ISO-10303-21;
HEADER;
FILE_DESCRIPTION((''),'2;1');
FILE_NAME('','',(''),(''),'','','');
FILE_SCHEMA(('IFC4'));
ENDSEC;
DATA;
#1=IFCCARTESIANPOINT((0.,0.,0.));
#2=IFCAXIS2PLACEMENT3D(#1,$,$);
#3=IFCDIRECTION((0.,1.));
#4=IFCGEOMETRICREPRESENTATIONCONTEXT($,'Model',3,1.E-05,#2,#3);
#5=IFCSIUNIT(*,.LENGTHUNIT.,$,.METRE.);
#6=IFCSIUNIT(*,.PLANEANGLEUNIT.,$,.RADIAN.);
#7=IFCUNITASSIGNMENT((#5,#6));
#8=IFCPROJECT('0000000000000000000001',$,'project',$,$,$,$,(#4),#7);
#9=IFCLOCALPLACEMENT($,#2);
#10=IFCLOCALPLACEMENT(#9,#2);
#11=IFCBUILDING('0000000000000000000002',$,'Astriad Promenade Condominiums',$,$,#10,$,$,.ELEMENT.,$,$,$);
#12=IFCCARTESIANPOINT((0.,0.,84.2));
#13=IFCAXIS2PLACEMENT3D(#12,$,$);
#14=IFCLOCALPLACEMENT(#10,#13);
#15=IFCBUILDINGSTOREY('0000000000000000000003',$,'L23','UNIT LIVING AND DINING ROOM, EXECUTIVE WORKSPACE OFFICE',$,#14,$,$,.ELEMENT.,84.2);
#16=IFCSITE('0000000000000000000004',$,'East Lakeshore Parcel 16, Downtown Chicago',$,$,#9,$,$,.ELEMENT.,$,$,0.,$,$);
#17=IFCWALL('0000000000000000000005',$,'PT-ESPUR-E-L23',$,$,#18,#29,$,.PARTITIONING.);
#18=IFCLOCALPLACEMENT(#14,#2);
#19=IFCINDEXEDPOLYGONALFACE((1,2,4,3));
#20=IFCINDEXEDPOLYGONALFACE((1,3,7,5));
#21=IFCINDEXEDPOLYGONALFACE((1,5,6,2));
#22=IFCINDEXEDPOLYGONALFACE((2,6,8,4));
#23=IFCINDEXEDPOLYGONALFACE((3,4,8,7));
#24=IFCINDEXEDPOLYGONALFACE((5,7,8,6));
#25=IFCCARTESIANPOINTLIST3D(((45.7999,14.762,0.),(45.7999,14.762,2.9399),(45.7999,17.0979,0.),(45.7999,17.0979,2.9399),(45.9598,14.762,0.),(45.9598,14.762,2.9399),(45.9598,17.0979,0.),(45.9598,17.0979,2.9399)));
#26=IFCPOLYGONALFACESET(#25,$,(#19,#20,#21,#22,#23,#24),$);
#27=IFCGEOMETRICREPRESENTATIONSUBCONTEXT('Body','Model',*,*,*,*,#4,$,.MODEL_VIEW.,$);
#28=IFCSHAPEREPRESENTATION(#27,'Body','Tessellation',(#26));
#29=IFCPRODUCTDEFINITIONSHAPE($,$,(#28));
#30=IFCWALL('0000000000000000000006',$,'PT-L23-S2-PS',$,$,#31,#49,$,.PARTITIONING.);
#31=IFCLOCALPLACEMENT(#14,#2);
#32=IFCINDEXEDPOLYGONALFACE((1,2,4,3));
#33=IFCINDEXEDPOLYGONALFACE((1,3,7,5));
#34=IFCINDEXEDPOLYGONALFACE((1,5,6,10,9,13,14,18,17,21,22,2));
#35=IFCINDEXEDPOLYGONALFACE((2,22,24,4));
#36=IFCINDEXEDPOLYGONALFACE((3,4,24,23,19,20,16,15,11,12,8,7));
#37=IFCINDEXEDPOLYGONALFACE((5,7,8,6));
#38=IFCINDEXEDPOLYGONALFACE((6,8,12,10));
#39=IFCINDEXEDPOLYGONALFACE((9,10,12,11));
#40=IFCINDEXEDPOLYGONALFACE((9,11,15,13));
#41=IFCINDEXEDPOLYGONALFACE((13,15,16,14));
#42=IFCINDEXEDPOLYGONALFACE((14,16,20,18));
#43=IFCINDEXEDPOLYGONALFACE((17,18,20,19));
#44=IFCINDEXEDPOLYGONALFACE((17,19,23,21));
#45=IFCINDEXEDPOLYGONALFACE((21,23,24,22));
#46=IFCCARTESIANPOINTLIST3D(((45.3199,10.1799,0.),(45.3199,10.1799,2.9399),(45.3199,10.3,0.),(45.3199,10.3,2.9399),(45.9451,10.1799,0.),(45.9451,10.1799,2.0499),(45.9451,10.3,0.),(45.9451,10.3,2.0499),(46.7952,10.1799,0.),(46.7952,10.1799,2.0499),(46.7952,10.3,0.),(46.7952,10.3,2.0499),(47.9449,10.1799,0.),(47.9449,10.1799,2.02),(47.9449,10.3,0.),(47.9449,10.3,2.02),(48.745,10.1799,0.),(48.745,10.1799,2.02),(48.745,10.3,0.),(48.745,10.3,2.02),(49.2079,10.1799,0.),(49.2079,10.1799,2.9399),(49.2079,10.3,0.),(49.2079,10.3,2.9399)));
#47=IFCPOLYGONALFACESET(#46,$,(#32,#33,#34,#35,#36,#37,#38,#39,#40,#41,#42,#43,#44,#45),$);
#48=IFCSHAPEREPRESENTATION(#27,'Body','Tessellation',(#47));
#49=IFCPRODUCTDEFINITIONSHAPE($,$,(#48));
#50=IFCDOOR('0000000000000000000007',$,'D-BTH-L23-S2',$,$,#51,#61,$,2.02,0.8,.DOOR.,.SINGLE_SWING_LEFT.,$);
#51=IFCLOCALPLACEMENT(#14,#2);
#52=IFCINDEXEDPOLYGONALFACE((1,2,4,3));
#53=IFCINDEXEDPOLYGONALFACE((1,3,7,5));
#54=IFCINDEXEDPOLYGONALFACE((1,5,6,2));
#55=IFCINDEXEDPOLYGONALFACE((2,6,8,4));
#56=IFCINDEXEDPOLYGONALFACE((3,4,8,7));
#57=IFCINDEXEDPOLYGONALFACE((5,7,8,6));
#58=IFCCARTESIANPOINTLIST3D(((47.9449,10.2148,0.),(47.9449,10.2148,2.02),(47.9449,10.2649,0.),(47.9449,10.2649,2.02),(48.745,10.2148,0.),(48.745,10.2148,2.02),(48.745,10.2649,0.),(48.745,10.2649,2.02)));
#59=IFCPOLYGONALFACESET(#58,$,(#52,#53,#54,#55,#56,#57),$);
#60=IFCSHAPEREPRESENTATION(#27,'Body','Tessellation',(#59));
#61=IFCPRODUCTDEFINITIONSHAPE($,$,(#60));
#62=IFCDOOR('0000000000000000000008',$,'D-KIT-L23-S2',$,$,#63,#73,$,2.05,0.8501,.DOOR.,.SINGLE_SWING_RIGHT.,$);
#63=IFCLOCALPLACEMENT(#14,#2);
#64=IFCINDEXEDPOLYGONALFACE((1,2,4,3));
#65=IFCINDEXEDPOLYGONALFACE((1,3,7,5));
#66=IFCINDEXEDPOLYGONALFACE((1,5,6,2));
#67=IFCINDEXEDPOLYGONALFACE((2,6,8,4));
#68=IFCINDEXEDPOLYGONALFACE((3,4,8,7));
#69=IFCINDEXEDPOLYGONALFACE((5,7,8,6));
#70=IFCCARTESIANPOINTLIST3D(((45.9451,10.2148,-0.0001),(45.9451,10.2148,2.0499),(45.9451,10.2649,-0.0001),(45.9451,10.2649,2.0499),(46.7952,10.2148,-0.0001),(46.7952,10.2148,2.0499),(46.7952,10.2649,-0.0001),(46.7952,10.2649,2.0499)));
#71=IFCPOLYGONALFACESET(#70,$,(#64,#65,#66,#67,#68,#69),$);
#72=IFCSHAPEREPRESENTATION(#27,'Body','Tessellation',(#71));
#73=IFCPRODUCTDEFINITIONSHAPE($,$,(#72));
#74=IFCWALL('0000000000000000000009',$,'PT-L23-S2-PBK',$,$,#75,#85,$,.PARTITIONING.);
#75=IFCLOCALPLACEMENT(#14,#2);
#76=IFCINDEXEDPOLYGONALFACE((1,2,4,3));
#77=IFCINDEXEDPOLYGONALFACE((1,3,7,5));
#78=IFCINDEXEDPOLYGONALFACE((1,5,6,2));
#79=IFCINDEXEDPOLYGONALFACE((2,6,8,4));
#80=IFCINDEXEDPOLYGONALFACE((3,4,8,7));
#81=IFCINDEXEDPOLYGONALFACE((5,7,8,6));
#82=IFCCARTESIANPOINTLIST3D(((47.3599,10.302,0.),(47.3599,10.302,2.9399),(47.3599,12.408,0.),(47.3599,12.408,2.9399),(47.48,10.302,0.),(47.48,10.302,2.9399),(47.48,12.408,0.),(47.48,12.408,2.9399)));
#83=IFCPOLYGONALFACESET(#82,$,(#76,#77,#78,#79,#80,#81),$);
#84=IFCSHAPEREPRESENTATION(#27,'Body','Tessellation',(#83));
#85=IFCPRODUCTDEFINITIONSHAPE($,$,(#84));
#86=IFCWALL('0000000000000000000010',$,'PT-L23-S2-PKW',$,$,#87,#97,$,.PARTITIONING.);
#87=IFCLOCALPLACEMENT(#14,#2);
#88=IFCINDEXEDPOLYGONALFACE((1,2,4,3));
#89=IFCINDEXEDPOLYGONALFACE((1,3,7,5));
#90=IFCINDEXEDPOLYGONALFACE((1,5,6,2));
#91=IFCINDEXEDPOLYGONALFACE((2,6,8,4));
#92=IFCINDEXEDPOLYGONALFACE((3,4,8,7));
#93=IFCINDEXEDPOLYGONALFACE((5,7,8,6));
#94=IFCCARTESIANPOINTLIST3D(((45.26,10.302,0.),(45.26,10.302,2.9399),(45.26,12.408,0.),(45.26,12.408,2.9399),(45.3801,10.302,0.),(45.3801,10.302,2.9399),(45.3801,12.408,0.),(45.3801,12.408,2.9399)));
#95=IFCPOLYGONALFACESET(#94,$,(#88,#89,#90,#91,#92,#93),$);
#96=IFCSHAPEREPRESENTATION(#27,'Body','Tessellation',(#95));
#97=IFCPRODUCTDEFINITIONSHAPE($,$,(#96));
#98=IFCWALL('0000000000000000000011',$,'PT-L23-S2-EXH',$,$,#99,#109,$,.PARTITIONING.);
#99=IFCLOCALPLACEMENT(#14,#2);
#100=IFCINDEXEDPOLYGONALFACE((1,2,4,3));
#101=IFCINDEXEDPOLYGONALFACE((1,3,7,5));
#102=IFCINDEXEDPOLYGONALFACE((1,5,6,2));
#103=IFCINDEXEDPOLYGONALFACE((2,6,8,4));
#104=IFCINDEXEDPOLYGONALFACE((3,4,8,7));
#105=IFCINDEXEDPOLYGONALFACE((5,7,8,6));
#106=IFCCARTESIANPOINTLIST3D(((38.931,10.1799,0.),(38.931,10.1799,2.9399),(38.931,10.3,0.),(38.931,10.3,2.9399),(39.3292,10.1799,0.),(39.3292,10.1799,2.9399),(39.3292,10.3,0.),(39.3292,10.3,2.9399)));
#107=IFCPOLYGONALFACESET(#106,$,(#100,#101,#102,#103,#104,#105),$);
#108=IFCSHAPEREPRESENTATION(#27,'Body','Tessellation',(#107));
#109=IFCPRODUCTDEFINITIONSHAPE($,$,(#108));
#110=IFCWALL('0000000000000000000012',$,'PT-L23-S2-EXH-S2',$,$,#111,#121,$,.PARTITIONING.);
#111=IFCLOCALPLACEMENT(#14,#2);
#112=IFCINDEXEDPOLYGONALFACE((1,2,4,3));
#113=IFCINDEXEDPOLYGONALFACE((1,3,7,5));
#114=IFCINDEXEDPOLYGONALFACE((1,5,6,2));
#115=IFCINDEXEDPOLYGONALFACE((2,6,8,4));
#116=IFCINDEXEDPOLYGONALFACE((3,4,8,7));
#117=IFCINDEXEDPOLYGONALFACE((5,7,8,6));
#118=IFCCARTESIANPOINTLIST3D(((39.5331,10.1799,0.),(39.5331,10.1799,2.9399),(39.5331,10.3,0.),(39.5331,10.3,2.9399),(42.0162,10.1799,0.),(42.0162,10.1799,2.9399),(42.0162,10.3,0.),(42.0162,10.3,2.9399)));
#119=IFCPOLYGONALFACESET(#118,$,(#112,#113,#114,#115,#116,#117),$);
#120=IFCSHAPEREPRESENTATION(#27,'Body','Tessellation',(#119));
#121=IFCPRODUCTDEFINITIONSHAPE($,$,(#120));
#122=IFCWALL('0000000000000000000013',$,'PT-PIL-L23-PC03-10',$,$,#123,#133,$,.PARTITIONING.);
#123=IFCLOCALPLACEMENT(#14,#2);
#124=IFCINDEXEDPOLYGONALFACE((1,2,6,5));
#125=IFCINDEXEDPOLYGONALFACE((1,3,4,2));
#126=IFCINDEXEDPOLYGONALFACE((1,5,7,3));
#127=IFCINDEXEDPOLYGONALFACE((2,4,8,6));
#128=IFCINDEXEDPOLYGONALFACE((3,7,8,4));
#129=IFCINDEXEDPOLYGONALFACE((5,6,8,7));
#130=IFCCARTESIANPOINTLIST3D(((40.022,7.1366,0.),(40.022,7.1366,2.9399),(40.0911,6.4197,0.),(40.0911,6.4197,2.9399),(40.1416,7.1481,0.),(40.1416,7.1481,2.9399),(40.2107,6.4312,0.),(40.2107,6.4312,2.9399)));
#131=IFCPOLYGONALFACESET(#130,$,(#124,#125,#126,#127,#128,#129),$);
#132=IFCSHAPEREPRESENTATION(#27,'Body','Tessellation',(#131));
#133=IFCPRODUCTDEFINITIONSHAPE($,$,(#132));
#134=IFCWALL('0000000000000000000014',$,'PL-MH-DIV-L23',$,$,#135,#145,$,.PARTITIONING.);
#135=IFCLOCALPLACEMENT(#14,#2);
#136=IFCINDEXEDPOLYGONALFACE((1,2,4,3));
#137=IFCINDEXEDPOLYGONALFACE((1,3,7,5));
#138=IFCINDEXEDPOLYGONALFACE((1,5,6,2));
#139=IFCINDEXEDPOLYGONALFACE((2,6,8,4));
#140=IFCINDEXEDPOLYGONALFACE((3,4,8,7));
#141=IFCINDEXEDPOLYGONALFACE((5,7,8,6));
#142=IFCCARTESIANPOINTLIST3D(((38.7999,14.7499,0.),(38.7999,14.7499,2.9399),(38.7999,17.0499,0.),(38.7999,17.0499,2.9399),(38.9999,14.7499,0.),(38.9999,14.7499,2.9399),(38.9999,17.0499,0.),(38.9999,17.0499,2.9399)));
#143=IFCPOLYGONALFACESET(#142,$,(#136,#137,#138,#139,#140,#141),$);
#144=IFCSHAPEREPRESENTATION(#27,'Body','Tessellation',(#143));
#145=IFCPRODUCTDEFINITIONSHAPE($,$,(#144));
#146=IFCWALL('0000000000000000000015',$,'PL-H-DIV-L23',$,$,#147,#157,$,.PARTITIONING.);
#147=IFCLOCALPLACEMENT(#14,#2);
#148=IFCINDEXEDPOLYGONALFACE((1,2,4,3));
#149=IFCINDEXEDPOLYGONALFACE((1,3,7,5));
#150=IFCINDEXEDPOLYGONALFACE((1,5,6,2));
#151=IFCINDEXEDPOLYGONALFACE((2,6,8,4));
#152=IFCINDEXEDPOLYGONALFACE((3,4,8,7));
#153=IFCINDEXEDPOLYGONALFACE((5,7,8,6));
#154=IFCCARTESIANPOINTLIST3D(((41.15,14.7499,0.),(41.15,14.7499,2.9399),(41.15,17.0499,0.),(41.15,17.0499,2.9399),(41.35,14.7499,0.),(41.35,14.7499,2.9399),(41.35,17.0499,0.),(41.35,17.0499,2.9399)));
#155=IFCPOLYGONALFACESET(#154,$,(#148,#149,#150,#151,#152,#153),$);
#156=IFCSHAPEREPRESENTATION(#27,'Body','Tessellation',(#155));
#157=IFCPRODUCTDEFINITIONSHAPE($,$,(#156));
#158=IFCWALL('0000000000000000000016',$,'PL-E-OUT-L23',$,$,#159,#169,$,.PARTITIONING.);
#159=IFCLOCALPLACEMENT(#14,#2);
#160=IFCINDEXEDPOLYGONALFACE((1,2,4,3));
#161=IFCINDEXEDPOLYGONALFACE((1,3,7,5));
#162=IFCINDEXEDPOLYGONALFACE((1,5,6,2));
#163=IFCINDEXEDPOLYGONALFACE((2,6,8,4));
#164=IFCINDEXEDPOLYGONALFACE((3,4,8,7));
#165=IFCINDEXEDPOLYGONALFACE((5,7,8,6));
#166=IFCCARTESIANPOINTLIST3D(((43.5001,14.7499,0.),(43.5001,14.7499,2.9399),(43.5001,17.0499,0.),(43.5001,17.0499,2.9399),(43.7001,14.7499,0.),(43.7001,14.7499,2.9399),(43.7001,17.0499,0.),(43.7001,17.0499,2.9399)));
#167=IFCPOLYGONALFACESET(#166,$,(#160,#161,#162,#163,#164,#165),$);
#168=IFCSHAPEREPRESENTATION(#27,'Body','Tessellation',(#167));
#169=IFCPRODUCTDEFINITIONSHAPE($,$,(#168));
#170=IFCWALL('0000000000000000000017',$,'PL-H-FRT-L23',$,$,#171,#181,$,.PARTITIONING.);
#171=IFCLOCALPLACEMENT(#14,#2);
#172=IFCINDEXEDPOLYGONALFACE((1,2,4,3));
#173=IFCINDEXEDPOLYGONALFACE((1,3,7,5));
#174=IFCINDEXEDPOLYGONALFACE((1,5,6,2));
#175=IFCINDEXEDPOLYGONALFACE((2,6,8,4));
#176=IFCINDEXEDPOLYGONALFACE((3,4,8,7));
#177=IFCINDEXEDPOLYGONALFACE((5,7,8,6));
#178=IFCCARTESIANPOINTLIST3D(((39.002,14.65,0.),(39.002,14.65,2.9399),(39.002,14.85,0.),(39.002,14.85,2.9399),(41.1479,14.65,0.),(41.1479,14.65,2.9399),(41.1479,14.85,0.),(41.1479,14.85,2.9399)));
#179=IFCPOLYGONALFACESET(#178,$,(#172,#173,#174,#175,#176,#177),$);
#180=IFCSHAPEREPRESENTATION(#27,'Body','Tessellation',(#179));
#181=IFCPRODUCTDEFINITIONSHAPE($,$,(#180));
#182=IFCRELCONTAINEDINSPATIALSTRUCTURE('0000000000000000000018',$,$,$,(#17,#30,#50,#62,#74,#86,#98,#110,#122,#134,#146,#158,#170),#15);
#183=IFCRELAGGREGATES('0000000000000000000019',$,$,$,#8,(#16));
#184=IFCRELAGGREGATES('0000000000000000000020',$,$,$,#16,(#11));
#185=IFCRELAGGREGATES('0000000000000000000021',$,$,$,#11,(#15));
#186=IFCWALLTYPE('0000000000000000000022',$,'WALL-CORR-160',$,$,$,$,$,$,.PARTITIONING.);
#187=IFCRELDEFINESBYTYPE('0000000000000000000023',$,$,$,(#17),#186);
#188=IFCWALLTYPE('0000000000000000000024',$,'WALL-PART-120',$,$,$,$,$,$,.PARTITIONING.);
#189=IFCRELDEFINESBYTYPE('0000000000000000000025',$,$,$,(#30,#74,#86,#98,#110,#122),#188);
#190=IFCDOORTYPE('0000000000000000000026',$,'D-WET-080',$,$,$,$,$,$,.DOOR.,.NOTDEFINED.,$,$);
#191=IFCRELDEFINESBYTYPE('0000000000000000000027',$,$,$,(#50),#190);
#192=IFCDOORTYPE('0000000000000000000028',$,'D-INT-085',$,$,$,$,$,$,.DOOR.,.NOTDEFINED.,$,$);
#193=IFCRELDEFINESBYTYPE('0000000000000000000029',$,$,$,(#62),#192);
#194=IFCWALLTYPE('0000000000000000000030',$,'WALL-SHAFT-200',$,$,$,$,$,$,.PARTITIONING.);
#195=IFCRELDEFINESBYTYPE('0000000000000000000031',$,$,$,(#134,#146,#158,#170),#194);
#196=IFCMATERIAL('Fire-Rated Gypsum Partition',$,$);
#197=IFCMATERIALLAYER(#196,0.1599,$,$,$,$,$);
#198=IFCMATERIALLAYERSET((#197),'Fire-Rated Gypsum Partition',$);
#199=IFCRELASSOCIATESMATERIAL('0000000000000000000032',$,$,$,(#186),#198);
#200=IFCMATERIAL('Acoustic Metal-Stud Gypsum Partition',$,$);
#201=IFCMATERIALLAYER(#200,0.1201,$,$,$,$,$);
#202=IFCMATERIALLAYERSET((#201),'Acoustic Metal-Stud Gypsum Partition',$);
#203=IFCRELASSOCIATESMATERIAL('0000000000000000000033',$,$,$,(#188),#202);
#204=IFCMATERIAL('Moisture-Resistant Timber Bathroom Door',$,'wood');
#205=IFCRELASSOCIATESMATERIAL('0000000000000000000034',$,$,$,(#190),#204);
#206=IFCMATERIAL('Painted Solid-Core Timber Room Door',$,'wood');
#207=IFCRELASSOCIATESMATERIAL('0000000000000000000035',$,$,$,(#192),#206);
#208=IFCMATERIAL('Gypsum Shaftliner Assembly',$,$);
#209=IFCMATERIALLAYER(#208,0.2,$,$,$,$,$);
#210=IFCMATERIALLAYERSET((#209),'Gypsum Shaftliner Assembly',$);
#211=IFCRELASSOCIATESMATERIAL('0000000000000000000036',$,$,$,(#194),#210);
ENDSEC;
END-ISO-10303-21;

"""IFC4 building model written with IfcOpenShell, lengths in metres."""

from ifc_helpers import new_model, si_unit, direction, frame, frame_2d, origin, place, context, subcontext, project, spatial, rectangle, extrude, source, transform, mapped, material, layer, layer_set, type_object, type_shapes, element, fill, save


model = new_model("IFC4")

# Units and contexts
model_context = context("Model", 3, precision=1e-05, world=origin(), true_north=direction((0.0, 1.0)))
body_context = subcontext(model_context, "Body", "Model", "MODEL_VIEW")
ifc_project = project(units=[si_unit("LENGTHUNIT", "METRE"), si_unit("PLANEANGLEUNIT", "RADIAN")], contexts=[model_context])

# Site, building, storey
site_placement = place(None, origin())
site = spatial("IfcSite", under=ifc_project, at=site_placement, Name="East Lakeshore Parcel 16, Downtown Chicago", CompositionType="ELEMENT", RefElevation=0.0)
building_placement = place(site_placement, origin())
building = spatial("IfcBuilding", under=site, at=building_placement, Name="Astriad Promenade Condominiums", CompositionType="ELEMENT")
storey_placement = place(building_placement, frame((0.0, 0.0, 84.2)))
storey = spatial("IfcBuildingStorey", under=building, at=storey_placement, Name="L23", Description="UNIT LIVING AND DINING ROOM, EXECUTIVE WORKSPACE OFFICE", CompositionType="ELEMENT", Elevation=84.2)

# Shared definitions
ifc_material_1 = material(Name="Fire-Rated Gypsum Partition")
ifc_layer_1 = layer(ifc_material_1, 0.1599)
ifc_layer_set_1 = layer_set([ifc_layer_1], Name="Fire-Rated Gypsum Partition")
wall_type_1 = type_object("IfcWallType", Name="WALL-CORR-160", PredefinedType="PARTITIONING", material=ifc_layer_set_1)

# Wall
wall_1_placement = place(storey_placement, frame((45.8799, 14.762, 0.0), z_axis=(0.0, 0.0, 1.0), x_axis=(0.0, 1.0, 0.0)))
element("IfcWall", 1, at=wall_1_placement, inside=storey, type_object=wall_type_1, Name="PT-ESPUR-E-L23", PredefinedType="PARTITIONING", context=body_context, shape_type="SweptSolid", body=[
    extrude(rectangle(XDim=2.3359, YDim=0.1599, at=frame_2d((1.168, 0.0))), origin(), (0.0, 0.0, 1.0), 2.9399),
])

# Wall, openings, doors
ifc_material_2 = material(Name="Acoustic Metal-Stud Gypsum Partition")
ifc_layer_2 = layer(ifc_material_2, 0.1201)
ifc_layer_set_2 = layer_set([ifc_layer_2], Name="Acoustic Metal-Stud Gypsum Partition")
wall_type_2 = type_object("IfcWallType", Name="WALL-PART-120", PredefinedType="PARTITIONING", material=ifc_layer_set_2)
wall_2_placement = place(storey_placement, frame((45.3201, 10.24, 0.0), z_axis=(0.0, 0.0, 1.0), x_axis=(1.0, 0.0, 0.0)))
wall_2 = element("IfcWall", 2, at=wall_2_placement, inside=storey, type_object=wall_type_2, Name="PT-L23-S2-PS", PredefinedType="PARTITIONING", context=body_context, shape_type="SweptSolid", body=[
    extrude(rectangle(XDim=3.8879, YDim=0.1201, at=frame_2d((1.9438, 0.0))), origin(), (0.0, 0.0, 1.0), 2.9399),
])
opening_1_placement = place(wall_2_placement, frame((0.625, 0.0, 0.0)))
opening_1 = element("IfcOpeningElement", 3, at=opening_1_placement, cuts=wall_2, PredefinedType="OPENING", context=body_context, shape_type="SweptSolid", body=[
    extrude(rectangle(XDim=0.8501, YDim=2.05, at=frame_2d((0.425, 1.0249))), frame((0.0, 0.0701, 0.0), z_axis=(0.0, -1.0, 0.0), x_axis=(1.0, 0.0, 0.0)), (0.0, 0.0, 1.0), 0.1401),
])
opening_2_placement = place(wall_2_placement, frame((2.625, 0.0, 0.0)))
opening_2 = element("IfcOpeningElement", 4, at=opening_2_placement, cuts=wall_2, PredefinedType="OPENING", context=body_context, shape_type="SweptSolid", body=[
    extrude(rectangle(XDim=0.8, YDim=2.02, at=frame_2d((0.3999, 1.01))), frame((0.0, 0.0701, 0.0), z_axis=(0.0, -1.0, 0.0), x_axis=(1.0, 0.0, 0.0)), (0.0, 0.0, 1.0), 0.1401),
])
ifc_material_3 = material(Name="Moisture-Resistant Timber Bathroom Door", Category="wood")
door_type_1 = type_object("IfcDoorType", Name="D-WET-080", OperationType="NOTDEFINED", PredefinedType="DOOR", material=ifc_material_3)
shared_shape_1 = source(origin(), body_context, "Body", "SweptSolid", [
    extrude(rectangle(XDim=0.8, YDim=2.02, at=frame_2d((0.3999, 1.01))), frame((0.0, 0.0249, 0.0), z_axis=(0.0, -1.0, 0.0), x_axis=(1.0, 0.0, 0.0)), (0.0, 0.0, 1.0), 0.05),
])
type_shapes(door_type_1, [shared_shape_1])
door_1_placement = place(opening_2_placement, origin())
door_1 = element("IfcDoor", 5, at=door_1_placement, inside=storey, type_object=door_type_1, Name="D-BTH-L23-S2", OperationType="SINGLE_SWING_LEFT", OverallHeight=2.02, OverallWidth=0.8, PredefinedType="DOOR", context=body_context, shape_type="MappedRepresentation", body=[
    mapped(shared_shape_1, transform((0.0, 0.0, 0.0), scale=1.0)),
])
fill(opening_2, door_1)
ifc_material_4 = material(Name="Painted Solid-Core Timber Room Door", Category="wood")
door_type_2 = type_object("IfcDoorType", Name="D-INT-085", OperationType="NOTDEFINED", PredefinedType="DOOR", material=ifc_material_4)
shared_shape_2 = source(origin(), body_context, "Body", "SweptSolid", [
    extrude(rectangle(XDim=0.8501, YDim=2.05, at=frame_2d((0.425, 1.0249))), frame((0.0, 0.0249, 0.0), z_axis=(0.0, -1.0, 0.0), x_axis=(1.0, 0.0, 0.0)), (0.0, 0.0, 1.0), 0.05),
])
type_shapes(door_type_2, [shared_shape_2])
door_2_placement = place(opening_1_placement, origin())
door_2 = element("IfcDoor", 6, at=door_2_placement, inside=storey, type_object=door_type_2, Name="D-KIT-L23-S2", OperationType="SINGLE_SWING_RIGHT", OverallHeight=2.05, OverallWidth=0.8501, PredefinedType="DOOR", context=body_context, shape_type="MappedRepresentation", body=[
    mapped(shared_shape_2, transform((0.0, 0.0, 0.0), scale=1.0)),
])
fill(opening_1, door_2)

# Walls
for number, where, z_axis, x_axis, name in (
    (7, (47.4199, 10.302, 0.0), (0.0, 0.0, 1.0), (0.0, 1.0, 0.0), "PT-L23-S2-PBK"),
    (8, (45.3201, 10.302, 0.0), (0.0, 0.0, 1.0), (0.0, 1.0, 0.0), "PT-L23-S2-PKW"),
):
    element("IfcWall", number, at=place(storey_placement, frame(where, z_axis=z_axis, x_axis=x_axis)), inside=storey, type_object=wall_type_2, Name=name, PredefinedType="PARTITIONING", context=body_context, shape_type="SweptSolid", body=[
        extrude(rectangle(XDim=2.106, YDim=0.1201, at=frame_2d((1.053, 0.0))), origin(), (0.0, 0.0, 1.0), 2.9399),
    ])
wall_3_placement = place(storey_placement, frame((38.9309, 10.24, 0.0), z_axis=(0.0, 0.0, 1.0), x_axis=(1.0, 0.0, 0.0)))
element("IfcWall", 9, at=wall_3_placement, inside=storey, type_object=wall_type_2, Name="PT-L23-S2-EXH", PredefinedType="PARTITIONING", context=body_context, shape_type="SweptSolid", body=[
    extrude(rectangle(XDim=0.3982, YDim=0.1201, at=frame_2d((0.1992, 0.0))), origin(), (0.0, 0.0, 1.0), 2.9399),
])
wall_4_placement = place(storey_placement, frame((39.533, 10.24, 0.0), z_axis=(0.0, 0.0, 1.0), x_axis=(1.0, 0.0, 0.0)))
element("IfcWall", 10, at=wall_4_placement, inside=storey, type_object=wall_type_2, Name="PT-L23-S2-EXH-S2", PredefinedType="PARTITIONING", context=body_context, shape_type="SweptSolid", body=[
    extrude(rectangle(XDim=2.4832, YDim=0.1201, at=frame_2d((1.2417, 0.0))), origin(), (0.0, 0.0, 1.0), 2.9399),
])
wall_5_placement = place(storey_placement, frame((40.0818, 7.1423, 0.0), z_axis=(0.0, 0.0, 1.0), x_axis=(0.095945, -0.995387, 0.0)))
element("IfcWall", 11, at=wall_5_placement, inside=storey, type_object=wall_type_2, Name="PT-PIL-L23-PC03-10", PredefinedType="PARTITIONING", context=body_context, shape_type="SweptSolid", body=[
    extrude(rectangle(XDim=0.7202, YDim=0.1201, at=frame_2d((0.3601, 0.0))), origin(), (0.0, 0.0, 1.0), 2.9399),
])
ifc_material_5 = material(Name="Gypsum Shaftliner Assembly")
ifc_layer_3 = layer(ifc_material_5, 0.2)
ifc_layer_set_3 = layer_set([ifc_layer_3], Name="Gypsum Shaftliner Assembly")
wall_type_3 = type_object("IfcWallType", Name="WALL-SHAFT-200", PredefinedType="PARTITIONING", material=ifc_layer_set_3)
for number, where, z_axis, x_axis, name in (
    (12, (38.8999, 14.75, 0.0), (0.0, 0.0, 1.0), (0.0, 1.0, 0.0), "PL-MH-DIV-L23"),
    (13, (41.25, 14.75, 0.0), (0.0, 0.0, 1.0), (0.0, 1.0, 0.0), "PL-H-DIV-L23"),
    (14, (43.6001, 14.75, 0.0), (0.0, 0.0, 1.0), (0.0, 1.0, 0.0), "PL-E-OUT-L23"),
):
    element("IfcWall", number, at=place(storey_placement, frame(where, z_axis=z_axis, x_axis=x_axis)), inside=storey, type_object=wall_type_3, Name=name, PredefinedType="PARTITIONING", context=body_context, shape_type="SweptSolid", body=[
        extrude(rectangle(XDim=2.3, YDim=0.2, at=frame_2d((1.1499, 0.0))), origin(), (0.0, 0.0, 1.0), 2.9399),
    ])
for number, where, z_axis, x_axis, name in (
    (15, (39.002, 14.75, 0.0), (0.0, 0.0, 1.0), (1.0, 0.0, 0.0), "PL-H-FRT-L23"),
):
    element("IfcWall", number, at=place(storey_placement, frame(where, z_axis=z_axis, x_axis=x_axis)), inside=storey, type_object=wall_type_3, Name=name, PredefinedType="PARTITIONING", context=body_context, shape_type="SweptSolid", body=[
        extrude(rectangle(XDim=2.146, YDim=0.2, at=frame_2d((1.073, 0.0))), origin(), (0.0, 0.0, 1.0), 2.9399),
    ])

save(model, "model.ifc")
